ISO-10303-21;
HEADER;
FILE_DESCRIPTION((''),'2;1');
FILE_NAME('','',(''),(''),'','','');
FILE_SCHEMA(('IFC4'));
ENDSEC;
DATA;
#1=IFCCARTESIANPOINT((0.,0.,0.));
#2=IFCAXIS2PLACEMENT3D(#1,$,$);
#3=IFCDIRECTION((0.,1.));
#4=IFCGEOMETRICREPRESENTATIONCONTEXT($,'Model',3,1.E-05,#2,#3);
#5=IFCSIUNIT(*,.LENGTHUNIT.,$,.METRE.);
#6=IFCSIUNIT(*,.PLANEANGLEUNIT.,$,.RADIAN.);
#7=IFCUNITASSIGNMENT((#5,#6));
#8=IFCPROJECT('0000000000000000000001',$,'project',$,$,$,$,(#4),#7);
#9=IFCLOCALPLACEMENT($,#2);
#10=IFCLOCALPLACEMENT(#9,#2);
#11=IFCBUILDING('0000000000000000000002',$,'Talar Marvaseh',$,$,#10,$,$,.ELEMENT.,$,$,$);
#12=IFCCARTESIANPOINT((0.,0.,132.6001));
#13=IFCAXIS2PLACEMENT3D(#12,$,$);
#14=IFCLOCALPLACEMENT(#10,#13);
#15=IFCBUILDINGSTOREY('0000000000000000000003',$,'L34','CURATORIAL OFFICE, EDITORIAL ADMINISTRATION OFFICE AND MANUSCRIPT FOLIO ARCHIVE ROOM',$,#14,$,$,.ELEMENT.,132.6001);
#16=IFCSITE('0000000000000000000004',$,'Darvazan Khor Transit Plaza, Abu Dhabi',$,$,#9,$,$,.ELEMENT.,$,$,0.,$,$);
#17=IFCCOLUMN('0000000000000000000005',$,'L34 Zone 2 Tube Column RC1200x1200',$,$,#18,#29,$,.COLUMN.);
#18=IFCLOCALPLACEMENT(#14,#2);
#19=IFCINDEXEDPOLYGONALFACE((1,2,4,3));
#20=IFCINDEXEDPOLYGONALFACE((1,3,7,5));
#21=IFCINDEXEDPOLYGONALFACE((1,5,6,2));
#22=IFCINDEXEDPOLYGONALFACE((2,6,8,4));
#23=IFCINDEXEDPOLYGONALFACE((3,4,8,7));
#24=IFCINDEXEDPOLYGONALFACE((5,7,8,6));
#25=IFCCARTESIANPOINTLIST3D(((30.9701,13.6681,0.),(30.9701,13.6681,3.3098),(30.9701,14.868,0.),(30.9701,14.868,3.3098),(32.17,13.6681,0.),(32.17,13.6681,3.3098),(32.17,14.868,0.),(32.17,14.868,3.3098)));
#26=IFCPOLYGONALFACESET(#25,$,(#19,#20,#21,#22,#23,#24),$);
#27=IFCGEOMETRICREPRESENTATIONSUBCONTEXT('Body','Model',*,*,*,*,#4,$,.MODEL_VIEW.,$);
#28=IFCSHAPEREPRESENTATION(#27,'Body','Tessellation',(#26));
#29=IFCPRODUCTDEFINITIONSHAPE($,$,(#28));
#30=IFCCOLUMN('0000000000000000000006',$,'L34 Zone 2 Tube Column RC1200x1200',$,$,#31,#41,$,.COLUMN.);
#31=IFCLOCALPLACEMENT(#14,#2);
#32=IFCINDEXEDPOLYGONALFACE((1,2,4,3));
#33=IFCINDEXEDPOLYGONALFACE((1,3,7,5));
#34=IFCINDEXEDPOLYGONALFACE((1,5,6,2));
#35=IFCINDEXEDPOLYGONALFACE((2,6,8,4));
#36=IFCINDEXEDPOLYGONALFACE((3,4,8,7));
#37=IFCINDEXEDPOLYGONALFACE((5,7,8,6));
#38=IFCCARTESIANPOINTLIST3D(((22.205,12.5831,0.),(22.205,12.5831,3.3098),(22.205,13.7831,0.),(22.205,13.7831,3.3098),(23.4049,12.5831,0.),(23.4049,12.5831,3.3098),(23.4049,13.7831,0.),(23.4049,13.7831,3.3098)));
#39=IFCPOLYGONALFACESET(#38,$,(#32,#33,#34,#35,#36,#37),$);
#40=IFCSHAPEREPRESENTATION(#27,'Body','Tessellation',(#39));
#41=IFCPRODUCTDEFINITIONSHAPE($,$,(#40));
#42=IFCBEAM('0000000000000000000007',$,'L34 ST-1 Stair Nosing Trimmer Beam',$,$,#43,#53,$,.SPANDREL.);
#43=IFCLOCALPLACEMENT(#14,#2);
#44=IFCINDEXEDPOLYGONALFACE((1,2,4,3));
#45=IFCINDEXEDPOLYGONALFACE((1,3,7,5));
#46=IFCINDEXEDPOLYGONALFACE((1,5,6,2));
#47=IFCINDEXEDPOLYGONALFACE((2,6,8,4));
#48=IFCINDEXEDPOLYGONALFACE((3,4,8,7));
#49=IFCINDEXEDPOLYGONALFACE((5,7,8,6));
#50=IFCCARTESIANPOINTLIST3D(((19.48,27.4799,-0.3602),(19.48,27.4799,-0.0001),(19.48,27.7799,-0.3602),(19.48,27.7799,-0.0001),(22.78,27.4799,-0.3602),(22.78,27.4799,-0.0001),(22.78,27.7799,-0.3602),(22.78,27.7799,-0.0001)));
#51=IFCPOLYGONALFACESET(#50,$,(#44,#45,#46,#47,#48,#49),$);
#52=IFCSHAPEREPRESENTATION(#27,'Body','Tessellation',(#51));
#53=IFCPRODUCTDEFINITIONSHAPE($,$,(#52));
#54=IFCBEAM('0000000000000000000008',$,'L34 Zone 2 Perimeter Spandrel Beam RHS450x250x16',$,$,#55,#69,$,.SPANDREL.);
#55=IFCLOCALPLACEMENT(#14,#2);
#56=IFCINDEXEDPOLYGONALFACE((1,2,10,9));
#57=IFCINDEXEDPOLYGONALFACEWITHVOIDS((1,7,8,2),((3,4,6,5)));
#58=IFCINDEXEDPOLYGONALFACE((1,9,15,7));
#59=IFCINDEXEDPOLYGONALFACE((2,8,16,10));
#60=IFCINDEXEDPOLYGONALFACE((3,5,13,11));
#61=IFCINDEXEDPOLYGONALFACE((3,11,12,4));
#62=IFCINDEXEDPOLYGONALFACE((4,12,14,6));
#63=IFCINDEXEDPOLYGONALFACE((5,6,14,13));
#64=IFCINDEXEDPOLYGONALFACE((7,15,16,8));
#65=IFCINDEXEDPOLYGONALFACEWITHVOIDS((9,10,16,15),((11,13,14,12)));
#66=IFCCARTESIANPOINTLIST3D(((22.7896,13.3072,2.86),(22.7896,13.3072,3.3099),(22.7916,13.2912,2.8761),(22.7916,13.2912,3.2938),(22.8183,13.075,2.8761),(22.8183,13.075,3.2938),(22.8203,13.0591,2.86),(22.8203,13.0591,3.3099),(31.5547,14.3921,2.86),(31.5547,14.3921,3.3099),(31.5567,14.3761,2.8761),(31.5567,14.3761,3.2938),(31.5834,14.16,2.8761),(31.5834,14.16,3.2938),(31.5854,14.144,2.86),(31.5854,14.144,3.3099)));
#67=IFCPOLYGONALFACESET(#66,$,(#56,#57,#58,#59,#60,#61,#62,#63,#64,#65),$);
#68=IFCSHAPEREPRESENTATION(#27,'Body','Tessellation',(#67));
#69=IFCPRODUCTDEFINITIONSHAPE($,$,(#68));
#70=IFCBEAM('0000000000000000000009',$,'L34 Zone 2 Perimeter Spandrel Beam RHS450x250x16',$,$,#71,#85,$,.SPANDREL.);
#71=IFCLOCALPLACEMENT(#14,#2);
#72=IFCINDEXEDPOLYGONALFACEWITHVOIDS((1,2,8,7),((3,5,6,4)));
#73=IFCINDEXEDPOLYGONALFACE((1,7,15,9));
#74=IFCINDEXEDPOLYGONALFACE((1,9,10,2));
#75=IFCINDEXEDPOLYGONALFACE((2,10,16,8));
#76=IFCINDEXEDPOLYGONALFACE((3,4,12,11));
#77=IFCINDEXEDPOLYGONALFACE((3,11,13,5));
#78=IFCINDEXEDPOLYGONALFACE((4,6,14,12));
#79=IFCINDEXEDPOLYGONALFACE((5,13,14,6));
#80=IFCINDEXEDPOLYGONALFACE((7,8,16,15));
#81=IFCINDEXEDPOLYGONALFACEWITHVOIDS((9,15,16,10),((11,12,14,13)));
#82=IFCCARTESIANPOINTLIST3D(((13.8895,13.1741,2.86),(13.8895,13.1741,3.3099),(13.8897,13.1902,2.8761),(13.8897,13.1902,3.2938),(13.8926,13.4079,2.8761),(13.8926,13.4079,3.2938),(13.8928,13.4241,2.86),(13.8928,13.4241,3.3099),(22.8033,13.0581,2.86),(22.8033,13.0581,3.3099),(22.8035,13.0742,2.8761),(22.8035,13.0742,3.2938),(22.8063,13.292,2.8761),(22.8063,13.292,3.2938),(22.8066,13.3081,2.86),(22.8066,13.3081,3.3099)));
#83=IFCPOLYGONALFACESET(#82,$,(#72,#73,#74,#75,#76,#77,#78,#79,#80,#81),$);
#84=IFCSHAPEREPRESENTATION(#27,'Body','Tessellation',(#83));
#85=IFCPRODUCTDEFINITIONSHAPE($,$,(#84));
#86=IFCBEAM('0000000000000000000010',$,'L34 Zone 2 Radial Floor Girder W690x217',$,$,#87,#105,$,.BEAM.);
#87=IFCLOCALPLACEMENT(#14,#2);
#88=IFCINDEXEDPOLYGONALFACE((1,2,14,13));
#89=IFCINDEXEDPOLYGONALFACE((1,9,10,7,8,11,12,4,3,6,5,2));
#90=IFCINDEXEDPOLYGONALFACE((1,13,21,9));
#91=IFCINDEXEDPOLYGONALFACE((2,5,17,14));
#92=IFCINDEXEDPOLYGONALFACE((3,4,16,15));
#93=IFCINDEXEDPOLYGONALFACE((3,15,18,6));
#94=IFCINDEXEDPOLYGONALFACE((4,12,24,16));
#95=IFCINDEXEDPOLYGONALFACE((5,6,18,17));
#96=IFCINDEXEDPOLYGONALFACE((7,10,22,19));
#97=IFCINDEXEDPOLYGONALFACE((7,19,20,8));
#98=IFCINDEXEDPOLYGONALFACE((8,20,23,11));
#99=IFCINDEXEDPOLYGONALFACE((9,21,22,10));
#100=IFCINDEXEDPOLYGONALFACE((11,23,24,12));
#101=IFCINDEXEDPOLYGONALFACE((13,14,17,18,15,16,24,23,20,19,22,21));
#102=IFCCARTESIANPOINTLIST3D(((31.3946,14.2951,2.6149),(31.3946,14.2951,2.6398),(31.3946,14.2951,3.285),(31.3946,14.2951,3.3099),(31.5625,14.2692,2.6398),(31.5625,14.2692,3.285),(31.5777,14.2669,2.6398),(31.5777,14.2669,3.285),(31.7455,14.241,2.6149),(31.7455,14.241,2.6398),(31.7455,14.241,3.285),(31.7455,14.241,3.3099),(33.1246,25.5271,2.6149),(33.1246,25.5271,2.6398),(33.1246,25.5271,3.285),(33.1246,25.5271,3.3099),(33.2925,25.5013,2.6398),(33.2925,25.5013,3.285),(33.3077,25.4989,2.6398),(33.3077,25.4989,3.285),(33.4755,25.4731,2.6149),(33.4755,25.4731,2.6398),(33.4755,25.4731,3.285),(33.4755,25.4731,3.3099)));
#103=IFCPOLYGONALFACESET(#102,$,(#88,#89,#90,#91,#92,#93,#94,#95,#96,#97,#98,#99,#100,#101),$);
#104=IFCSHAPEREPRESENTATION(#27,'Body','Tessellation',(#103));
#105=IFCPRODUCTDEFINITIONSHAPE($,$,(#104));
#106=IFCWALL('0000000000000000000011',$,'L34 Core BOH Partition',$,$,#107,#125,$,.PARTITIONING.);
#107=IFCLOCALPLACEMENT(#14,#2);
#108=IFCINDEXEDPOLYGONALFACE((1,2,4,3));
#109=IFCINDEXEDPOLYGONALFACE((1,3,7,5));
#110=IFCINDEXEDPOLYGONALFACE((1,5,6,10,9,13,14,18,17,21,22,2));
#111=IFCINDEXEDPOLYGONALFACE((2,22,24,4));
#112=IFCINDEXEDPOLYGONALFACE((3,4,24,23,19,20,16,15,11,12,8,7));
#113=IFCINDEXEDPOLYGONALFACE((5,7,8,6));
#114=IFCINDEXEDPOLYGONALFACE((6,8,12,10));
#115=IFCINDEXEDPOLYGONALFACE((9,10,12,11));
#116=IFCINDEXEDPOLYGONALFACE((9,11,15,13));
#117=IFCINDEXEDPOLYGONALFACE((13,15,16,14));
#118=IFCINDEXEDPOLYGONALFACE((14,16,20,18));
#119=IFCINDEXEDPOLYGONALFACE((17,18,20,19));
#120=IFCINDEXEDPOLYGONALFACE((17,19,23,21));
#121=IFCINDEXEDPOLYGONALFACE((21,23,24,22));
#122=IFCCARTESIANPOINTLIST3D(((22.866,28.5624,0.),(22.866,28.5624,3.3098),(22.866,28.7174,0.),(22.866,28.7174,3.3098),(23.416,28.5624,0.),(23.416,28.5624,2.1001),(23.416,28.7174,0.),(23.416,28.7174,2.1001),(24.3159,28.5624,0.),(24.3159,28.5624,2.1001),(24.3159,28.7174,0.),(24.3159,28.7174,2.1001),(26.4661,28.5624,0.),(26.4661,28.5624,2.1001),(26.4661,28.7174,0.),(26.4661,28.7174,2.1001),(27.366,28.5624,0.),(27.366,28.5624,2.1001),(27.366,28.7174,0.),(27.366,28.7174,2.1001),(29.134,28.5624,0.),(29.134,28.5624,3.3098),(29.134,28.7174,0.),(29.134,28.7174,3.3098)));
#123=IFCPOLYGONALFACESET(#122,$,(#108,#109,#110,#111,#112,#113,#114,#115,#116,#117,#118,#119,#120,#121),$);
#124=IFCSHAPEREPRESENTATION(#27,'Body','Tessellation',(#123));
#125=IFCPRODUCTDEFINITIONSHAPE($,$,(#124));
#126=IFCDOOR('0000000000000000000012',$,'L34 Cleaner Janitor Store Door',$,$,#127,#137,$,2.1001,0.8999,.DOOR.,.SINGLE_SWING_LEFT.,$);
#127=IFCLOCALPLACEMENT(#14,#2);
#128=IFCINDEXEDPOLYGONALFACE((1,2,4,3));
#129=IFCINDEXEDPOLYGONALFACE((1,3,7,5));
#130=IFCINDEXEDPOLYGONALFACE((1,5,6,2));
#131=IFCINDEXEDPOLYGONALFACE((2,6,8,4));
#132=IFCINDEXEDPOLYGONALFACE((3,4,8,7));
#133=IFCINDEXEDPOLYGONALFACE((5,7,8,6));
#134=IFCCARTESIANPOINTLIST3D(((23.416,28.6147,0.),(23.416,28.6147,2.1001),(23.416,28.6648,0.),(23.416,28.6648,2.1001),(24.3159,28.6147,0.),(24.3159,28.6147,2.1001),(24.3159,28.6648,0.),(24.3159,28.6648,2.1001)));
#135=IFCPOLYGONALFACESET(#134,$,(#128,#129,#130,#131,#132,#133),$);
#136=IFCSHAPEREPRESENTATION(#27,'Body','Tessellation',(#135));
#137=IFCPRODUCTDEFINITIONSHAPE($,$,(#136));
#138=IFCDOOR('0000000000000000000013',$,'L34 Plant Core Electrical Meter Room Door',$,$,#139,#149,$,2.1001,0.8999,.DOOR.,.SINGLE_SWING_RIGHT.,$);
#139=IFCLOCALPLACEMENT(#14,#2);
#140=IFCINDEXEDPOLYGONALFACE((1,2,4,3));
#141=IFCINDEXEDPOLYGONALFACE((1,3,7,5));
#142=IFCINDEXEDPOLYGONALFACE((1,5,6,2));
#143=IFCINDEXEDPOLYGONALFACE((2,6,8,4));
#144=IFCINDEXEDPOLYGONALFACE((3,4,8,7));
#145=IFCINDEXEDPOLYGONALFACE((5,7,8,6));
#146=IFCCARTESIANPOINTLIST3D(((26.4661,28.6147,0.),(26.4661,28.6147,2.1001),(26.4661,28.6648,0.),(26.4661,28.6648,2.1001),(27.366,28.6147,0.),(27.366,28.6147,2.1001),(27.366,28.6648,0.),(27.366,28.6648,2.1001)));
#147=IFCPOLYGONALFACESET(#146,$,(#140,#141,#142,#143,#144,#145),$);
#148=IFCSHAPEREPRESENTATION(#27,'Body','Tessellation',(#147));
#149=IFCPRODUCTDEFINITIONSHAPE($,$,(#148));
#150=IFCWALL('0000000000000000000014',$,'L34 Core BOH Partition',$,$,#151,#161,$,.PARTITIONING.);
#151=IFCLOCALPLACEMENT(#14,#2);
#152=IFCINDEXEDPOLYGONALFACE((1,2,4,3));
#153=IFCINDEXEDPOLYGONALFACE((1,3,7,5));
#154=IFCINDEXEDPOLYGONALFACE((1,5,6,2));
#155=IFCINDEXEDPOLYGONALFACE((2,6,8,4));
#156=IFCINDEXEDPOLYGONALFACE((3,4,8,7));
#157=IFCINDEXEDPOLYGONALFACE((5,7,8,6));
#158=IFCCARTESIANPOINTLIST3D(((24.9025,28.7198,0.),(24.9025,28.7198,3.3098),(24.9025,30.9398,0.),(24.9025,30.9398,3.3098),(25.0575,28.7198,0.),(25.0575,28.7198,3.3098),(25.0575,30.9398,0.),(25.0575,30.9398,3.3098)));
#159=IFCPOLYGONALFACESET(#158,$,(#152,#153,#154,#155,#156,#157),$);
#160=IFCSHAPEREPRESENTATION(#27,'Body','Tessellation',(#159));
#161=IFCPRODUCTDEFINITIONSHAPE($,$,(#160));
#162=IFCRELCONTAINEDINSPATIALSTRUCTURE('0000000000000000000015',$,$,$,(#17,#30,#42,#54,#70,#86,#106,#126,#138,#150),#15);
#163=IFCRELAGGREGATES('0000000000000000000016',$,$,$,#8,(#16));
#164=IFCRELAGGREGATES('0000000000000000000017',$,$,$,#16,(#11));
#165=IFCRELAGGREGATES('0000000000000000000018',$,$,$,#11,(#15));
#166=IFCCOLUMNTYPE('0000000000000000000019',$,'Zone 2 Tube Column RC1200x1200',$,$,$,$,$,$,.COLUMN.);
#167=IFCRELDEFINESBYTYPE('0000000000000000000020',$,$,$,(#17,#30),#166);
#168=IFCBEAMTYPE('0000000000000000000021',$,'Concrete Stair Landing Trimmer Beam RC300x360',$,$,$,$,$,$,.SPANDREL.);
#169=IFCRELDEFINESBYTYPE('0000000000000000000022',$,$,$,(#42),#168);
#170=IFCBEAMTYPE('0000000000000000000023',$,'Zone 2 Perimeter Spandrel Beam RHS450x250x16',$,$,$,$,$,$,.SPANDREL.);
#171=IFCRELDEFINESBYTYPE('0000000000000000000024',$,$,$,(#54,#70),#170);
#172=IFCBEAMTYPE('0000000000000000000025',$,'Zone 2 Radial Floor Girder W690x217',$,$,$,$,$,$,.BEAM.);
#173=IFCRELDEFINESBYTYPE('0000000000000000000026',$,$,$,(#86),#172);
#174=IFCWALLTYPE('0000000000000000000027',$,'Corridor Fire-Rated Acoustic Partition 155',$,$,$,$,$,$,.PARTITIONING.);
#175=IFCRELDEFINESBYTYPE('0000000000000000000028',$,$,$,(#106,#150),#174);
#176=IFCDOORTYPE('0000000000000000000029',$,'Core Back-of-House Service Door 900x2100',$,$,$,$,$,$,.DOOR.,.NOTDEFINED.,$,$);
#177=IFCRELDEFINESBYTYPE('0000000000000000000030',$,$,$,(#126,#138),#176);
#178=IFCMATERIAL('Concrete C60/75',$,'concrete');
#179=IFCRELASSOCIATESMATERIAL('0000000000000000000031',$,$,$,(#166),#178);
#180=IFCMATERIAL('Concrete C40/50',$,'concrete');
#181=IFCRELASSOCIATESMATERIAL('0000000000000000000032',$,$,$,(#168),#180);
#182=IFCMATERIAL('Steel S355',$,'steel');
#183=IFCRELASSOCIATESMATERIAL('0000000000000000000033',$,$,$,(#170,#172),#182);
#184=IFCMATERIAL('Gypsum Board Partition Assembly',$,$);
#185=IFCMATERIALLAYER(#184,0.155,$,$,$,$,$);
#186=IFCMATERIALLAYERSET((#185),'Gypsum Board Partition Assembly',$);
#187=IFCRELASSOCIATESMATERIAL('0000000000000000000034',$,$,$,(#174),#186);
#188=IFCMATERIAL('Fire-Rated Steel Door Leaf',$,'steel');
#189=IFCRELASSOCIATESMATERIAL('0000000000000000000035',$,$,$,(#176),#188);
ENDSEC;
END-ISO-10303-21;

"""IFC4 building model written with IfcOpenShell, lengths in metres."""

from ifc_helpers import new_model, si_unit, direction, frame, frame_2d, origin, origin_2d, place, context, subcontext, project, spatial, rectangle, hollow_rectangle, i_section, extrude, source, transform, mapped, material, layer, layer_set, material_profile, profile_set, type_object, type_shapes, element, fill, save


model = new_model("IFC4")

# Units and contexts
model_context = context("Model", 3, precision=1e-05, world=origin(), true_north=direction((0.0, 1.0)))
body_context = subcontext(model_context, "Body", "Model", "MODEL_VIEW")
ifc_project = project(units=[si_unit("LENGTHUNIT", "METRE"), si_unit("PLANEANGLEUNIT", "RADIAN")], contexts=[model_context])

# Site, building, storey
site_placement = place(None, origin())
site = spatial("IfcSite", under=ifc_project, at=site_placement, Name="Darvazan Khor Transit Plaza, Abu Dhabi", CompositionType="ELEMENT", RefElevation=0.0)
building_placement = place(site_placement, origin())
building = spatial("IfcBuilding", under=site, at=building_placement, Name="Talar Marvaseh", CompositionType="ELEMENT")
storey_placement = place(building_placement, frame((0.0, 0.0, 132.6001)))
storey = spatial("IfcBuildingStorey", under=building, at=storey_placement, Name="L34", Description="CURATORIAL OFFICE, EDITORIAL ADMINISTRATION OFFICE AND MANUSCRIPT FOLIO ARCHIVE ROOM", CompositionType="ELEMENT", Elevation=132.6001)

# Columns
ifc_material_1 = material(Name="Concrete C60/75", Category="concrete")
ifc_material_profile_1 = material_profile(ifc_material_1, rectangle(XDim=1.2, YDim=1.2, at=origin_2d()), Name="RC1200x1200")
ifc_profile_set_1 = profile_set([ifc_material_profile_1], Name="Concrete C60/75")
column_type = type_object("IfcColumnType", Name="Zone 2 Tube Column RC1200x1200", PredefinedType="COLUMN", material=ifc_profile_set_1)
for number, where, z_axis, x_axis, name in (
    (1, (31.5701, 14.2681, 0.0), (0.0, 0.0, 1.0), (1.0, 0.0, 0.0), "L34 Zone 2 Tube Column RC1200x1200"),
    (2, (22.8049, 13.1831, 0.0), (0.0, 0.0, 1.0), (1.0, 0.0, 0.0), "L34 Zone 2 Tube Column RC1200x1200"),
):
    element("IfcColumn", number, at=place(storey_placement, frame(where, z_axis=z_axis, x_axis=x_axis)), inside=storey, type_object=column_type, Name=name, PredefinedType="COLUMN", context=body_context, shape_type="SweptSolid", body=[
        extrude(rectangle(XDim=1.2, YDim=1.2, at=origin_2d()), origin(), (0.0, 0.0, 1.0), 3.3098),
    ])

# Beams
ifc_material_2 = material(Name="Concrete C40/50", Category="concrete")
ifc_material_profile_2 = material_profile(ifc_material_2, rectangle(XDim=0.3, YDim=0.3601, at=origin_2d()), Name="RC300x360")
ifc_profile_set_2 = profile_set([ifc_material_profile_2], Name="Concrete C40/50")
beam_type_1 = type_object("IfcBeamType", Name="Concrete Stair Landing Trimmer Beam RC300x360", PredefinedType="SPANDREL", material=ifc_profile_set_2)
beam_1_placement = place(storey_placement, frame((22.78, 27.6299, -0.1802), z_axis=(-1.0, 0.0, 0.0), x_axis=(0.0, -1.0, 0.0)))
element("IfcBeam", 3, at=beam_1_placement, inside=storey, type_object=beam_type_1, Name="L34 ST-1 Stair Nosing Trimmer Beam", PredefinedType="SPANDREL", context=body_context, shape_type="SweptSolid", body=[
    extrude(rectangle(XDim=0.3, YDim=0.3601, at=origin_2d()), origin(), (0.0, 0.0, 1.0), 3.3),
])
ifc_material_3 = material(Name="Steel S355", Category="steel")
ifc_material_profile_3 = material_profile(ifc_material_3, hollow_rectangle(XDim=0.25, YDim=0.45, WallThickness=0.0161, at=origin_2d()), Name="RHS450x250x16")
ifc_profile_set_3 = profile_set([ifc_material_profile_3], Name="Steel S355")
beam_type_2 = type_object("IfcBeamType", Name="Zone 2 Perimeter Spandrel Beam RHS450x250x16", PredefinedType="SPANDREL", material=ifc_profile_set_3)
beam_2_placement = place(storey_placement, frame((31.5701, 14.2681, 3.085), z_axis=(-0.992426, -0.122844, 0.0), x_axis=(0.122844, -0.992426, 0.0)))
element("IfcBeam", 4, at=beam_2_placement, inside=storey, type_object=beam_type_2, Name="L34 Zone 2 Perimeter Spandrel Beam RHS450x250x16", PredefinedType="SPANDREL", context=body_context, shape_type="SweptSolid", body=[
    extrude(hollow_rectangle(XDim=0.25, YDim=0.45, WallThickness=0.0161, at=origin_2d()), origin(), (0.0, 0.0, 1.0), 8.832),
])
beam_3_placement = place(storey_placement, frame((22.8049, 13.1831, 3.085), z_axis=(-0.999915, 0.013009, 0.0), x_axis=(-0.013009, -0.999915, 0.0)))
element("IfcBeam", 5, at=beam_3_placement, inside=storey, type_object=beam_type_2, Name="L34 Zone 2 Perimeter Spandrel Beam RHS450x250x16", PredefinedType="SPANDREL", context=body_context, shape_type="SweptSolid", body=[
    extrude(hollow_rectangle(XDim=0.25, YDim=0.45, WallThickness=0.0161, at=origin_2d()), origin(), (0.0, 0.0, 1.0), 8.9146),
])
ifc_material_profile_4 = material_profile(ifc_material_3, i_section(OverallWidth=0.355, OverallDepth=0.6951, WebThickness=0.0154, FlangeThickness=0.0249, at=origin_2d()), Name="W690x217")
ifc_profile_set_4 = profile_set([ifc_material_profile_4], Name="Steel S355")
beam_type_3 = type_object("IfcBeamType", Name="Zone 2 Radial Floor Girder W690x217", PredefinedType="BEAM", material=ifc_profile_set_4)
beam_4_placement = place(storey_placement, frame((31.5701, 14.2681, 2.9624), z_axis=(0.152228, 0.988345, 0.0), x_axis=(-0.988345, 0.152228, 0.0)))
element("IfcBeam", 6, at=beam_4_placement, inside=storey, type_object=beam_type_3, Name="L34 Zone 2 Radial Floor Girder W690x217", PredefinedType="BEAM", context=body_context, shape_type="SweptSolid", body=[
    extrude(i_section(OverallWidth=0.355, OverallDepth=0.6951, WebThickness=0.0154, FlangeThickness=0.0249, at=origin_2d()), origin(), (0.0, 0.0, 1.0), 11.3645),
])

# Wall, openings, doors
ifc_material_4 = material(Name="Gypsum Board Partition Assembly")
ifc_layer_1 = layer(ifc_material_4, 0.155)
ifc_layer_set_1 = layer_set([ifc_layer_1], Name="Gypsum Board Partition Assembly")
wall_type_1 = type_object("IfcWallType", Name="Corridor Fire-Rated Acoustic Partition 155", PredefinedType="PARTITIONING", material=ifc_layer_set_1)
wall_1_placement = place(storey_placement, frame((22.866, 28.6399, 0.0), z_axis=(0.0, 0.0, 1.0), x_axis=(1.0, 0.0, 0.0)))
wall_1 = element("IfcWall", 7, at=wall_1_placement, inside=storey, type_object=wall_type_1, Name="L34 Core BOH Partition", PredefinedType="PARTITIONING", context=body_context, shape_type="SweptSolid", body=[
    extrude(rectangle(XDim=6.2681, YDim=0.155, at=frame_2d((3.134, 0.0))), origin(), (0.0, 0.0, 1.0), 3.3098),
])
opening_1_placement = place(wall_1_placement, frame((0.55, 0.0, 0.0)))
opening_1 = element("IfcOpeningElement", 8, at=opening_1_placement, cuts=wall_1, PredefinedType="OPENING", context=body_context, shape_type="SweptSolid", body=[
    extrude(rectangle(XDim=0.8999, YDim=2.1001, at=frame_2d((0.45, 1.05))), frame((0.0, 0.0874, 0.0), z_axis=(0.0, -1.0, 0.0), x_axis=(1.0, 0.0, 0.0)), (0.0, 0.0, 1.0), 0.175),
])
opening_2_placement = place(wall_1_placement, frame((3.6001, 0.0, 0.0)))
opening_2 = element("IfcOpeningElement", 9, at=opening_2_placement, cuts=wall_1, PredefinedType="OPENING", context=body_context, shape_type="SweptSolid", body=[
    extrude(rectangle(XDim=0.8999, YDim=2.1001, at=frame_2d((0.45, 1.05))), frame((0.0, 0.0874, 0.0), z_axis=(0.0, -1.0, 0.0), x_axis=(1.0, 0.0, 0.0)), (0.0, 0.0, 1.0), 0.175),
])
ifc_material_5 = material(Name="Fire-Rated Steel Door Leaf", Category="steel")
door_type_1 = type_object("IfcDoorType", Name="Core Back-of-House Service Door 900x2100", OperationType="NOTDEFINED", PredefinedType="DOOR", material=ifc_material_5)
shared_shape_1 = source(origin(), body_context, "Body", "SweptSolid", [
    extrude(rectangle(XDim=0.8999, YDim=2.1001, at=frame_2d((0.45, 1.05))), frame((0.0, 0.0249, 0.0), z_axis=(0.0, -1.0, 0.0), x_axis=(1.0, 0.0, 0.0)), (0.0, 0.0, 1.0), 0.05),
])
type_shapes(door_type_1, [shared_shape_1])
door_1_placement = place(opening_1_placement, origin())
door_1 = element("IfcDoor", 10, at=door_1_placement, inside=storey, type_object=door_type_1, Name="L34 Cleaner Janitor Store Door", OperationType="SINGLE_SWING_LEFT", OverallHeight=2.1001, OverallWidth=0.8999, PredefinedType="DOOR", context=body_context, shape_type="MappedRepresentation", body=[
    mapped(shared_shape_1, transform((0.0, 0.0, 0.0), x_axis=(1.0, 0.0, 0.0), y_axis=(0.0, 1.0, 0.0), z_axis=(0.0, 0.0, 1.0), scale=1.0)),
])
fill(opening_1, door_1)
door_2_placement = place(opening_2_placement, origin())
door_2 = element("IfcDoor", 11, at=door_2_placement, inside=storey, type_object=door_type_1, Name="L34 Plant Core Electrical Meter Room Door", OperationType="SINGLE_SWING_RIGHT", OverallHeight=2.1001, OverallWidth=0.8999, PredefinedType="DOOR", context=body_context, shape_type="MappedRepresentation", body=[
    mapped(shared_shape_1, transform((0.0, 0.0, 0.0), x_axis=(1.0, 0.0, 0.0), y_axis=(0.0, 1.0, 0.0), z_axis=(0.0, 0.0, 1.0), scale=1.0)),
])
fill(opening_2, door_2)

# Wall
wall_2_placement = place(storey_placement, frame((24.98, 28.72, 0.0), z_axis=(0.0, 0.0, 1.0), x_axis=(0.0, 1.0, 0.0)))
element("IfcWall", 12, at=wall_2_placement, inside=storey, type_object=wall_type_1, Name="L34 Core BOH Partition", PredefinedType="PARTITIONING", context=body_context, shape_type="SweptSolid", body=[
    extrude(rectangle(XDim=2.22, YDim=0.155, at=frame_2d((1.1099, 0.0))), origin(), (0.0, 0.0, 1.0), 3.3098),
])

save(model, "model.ifc")
